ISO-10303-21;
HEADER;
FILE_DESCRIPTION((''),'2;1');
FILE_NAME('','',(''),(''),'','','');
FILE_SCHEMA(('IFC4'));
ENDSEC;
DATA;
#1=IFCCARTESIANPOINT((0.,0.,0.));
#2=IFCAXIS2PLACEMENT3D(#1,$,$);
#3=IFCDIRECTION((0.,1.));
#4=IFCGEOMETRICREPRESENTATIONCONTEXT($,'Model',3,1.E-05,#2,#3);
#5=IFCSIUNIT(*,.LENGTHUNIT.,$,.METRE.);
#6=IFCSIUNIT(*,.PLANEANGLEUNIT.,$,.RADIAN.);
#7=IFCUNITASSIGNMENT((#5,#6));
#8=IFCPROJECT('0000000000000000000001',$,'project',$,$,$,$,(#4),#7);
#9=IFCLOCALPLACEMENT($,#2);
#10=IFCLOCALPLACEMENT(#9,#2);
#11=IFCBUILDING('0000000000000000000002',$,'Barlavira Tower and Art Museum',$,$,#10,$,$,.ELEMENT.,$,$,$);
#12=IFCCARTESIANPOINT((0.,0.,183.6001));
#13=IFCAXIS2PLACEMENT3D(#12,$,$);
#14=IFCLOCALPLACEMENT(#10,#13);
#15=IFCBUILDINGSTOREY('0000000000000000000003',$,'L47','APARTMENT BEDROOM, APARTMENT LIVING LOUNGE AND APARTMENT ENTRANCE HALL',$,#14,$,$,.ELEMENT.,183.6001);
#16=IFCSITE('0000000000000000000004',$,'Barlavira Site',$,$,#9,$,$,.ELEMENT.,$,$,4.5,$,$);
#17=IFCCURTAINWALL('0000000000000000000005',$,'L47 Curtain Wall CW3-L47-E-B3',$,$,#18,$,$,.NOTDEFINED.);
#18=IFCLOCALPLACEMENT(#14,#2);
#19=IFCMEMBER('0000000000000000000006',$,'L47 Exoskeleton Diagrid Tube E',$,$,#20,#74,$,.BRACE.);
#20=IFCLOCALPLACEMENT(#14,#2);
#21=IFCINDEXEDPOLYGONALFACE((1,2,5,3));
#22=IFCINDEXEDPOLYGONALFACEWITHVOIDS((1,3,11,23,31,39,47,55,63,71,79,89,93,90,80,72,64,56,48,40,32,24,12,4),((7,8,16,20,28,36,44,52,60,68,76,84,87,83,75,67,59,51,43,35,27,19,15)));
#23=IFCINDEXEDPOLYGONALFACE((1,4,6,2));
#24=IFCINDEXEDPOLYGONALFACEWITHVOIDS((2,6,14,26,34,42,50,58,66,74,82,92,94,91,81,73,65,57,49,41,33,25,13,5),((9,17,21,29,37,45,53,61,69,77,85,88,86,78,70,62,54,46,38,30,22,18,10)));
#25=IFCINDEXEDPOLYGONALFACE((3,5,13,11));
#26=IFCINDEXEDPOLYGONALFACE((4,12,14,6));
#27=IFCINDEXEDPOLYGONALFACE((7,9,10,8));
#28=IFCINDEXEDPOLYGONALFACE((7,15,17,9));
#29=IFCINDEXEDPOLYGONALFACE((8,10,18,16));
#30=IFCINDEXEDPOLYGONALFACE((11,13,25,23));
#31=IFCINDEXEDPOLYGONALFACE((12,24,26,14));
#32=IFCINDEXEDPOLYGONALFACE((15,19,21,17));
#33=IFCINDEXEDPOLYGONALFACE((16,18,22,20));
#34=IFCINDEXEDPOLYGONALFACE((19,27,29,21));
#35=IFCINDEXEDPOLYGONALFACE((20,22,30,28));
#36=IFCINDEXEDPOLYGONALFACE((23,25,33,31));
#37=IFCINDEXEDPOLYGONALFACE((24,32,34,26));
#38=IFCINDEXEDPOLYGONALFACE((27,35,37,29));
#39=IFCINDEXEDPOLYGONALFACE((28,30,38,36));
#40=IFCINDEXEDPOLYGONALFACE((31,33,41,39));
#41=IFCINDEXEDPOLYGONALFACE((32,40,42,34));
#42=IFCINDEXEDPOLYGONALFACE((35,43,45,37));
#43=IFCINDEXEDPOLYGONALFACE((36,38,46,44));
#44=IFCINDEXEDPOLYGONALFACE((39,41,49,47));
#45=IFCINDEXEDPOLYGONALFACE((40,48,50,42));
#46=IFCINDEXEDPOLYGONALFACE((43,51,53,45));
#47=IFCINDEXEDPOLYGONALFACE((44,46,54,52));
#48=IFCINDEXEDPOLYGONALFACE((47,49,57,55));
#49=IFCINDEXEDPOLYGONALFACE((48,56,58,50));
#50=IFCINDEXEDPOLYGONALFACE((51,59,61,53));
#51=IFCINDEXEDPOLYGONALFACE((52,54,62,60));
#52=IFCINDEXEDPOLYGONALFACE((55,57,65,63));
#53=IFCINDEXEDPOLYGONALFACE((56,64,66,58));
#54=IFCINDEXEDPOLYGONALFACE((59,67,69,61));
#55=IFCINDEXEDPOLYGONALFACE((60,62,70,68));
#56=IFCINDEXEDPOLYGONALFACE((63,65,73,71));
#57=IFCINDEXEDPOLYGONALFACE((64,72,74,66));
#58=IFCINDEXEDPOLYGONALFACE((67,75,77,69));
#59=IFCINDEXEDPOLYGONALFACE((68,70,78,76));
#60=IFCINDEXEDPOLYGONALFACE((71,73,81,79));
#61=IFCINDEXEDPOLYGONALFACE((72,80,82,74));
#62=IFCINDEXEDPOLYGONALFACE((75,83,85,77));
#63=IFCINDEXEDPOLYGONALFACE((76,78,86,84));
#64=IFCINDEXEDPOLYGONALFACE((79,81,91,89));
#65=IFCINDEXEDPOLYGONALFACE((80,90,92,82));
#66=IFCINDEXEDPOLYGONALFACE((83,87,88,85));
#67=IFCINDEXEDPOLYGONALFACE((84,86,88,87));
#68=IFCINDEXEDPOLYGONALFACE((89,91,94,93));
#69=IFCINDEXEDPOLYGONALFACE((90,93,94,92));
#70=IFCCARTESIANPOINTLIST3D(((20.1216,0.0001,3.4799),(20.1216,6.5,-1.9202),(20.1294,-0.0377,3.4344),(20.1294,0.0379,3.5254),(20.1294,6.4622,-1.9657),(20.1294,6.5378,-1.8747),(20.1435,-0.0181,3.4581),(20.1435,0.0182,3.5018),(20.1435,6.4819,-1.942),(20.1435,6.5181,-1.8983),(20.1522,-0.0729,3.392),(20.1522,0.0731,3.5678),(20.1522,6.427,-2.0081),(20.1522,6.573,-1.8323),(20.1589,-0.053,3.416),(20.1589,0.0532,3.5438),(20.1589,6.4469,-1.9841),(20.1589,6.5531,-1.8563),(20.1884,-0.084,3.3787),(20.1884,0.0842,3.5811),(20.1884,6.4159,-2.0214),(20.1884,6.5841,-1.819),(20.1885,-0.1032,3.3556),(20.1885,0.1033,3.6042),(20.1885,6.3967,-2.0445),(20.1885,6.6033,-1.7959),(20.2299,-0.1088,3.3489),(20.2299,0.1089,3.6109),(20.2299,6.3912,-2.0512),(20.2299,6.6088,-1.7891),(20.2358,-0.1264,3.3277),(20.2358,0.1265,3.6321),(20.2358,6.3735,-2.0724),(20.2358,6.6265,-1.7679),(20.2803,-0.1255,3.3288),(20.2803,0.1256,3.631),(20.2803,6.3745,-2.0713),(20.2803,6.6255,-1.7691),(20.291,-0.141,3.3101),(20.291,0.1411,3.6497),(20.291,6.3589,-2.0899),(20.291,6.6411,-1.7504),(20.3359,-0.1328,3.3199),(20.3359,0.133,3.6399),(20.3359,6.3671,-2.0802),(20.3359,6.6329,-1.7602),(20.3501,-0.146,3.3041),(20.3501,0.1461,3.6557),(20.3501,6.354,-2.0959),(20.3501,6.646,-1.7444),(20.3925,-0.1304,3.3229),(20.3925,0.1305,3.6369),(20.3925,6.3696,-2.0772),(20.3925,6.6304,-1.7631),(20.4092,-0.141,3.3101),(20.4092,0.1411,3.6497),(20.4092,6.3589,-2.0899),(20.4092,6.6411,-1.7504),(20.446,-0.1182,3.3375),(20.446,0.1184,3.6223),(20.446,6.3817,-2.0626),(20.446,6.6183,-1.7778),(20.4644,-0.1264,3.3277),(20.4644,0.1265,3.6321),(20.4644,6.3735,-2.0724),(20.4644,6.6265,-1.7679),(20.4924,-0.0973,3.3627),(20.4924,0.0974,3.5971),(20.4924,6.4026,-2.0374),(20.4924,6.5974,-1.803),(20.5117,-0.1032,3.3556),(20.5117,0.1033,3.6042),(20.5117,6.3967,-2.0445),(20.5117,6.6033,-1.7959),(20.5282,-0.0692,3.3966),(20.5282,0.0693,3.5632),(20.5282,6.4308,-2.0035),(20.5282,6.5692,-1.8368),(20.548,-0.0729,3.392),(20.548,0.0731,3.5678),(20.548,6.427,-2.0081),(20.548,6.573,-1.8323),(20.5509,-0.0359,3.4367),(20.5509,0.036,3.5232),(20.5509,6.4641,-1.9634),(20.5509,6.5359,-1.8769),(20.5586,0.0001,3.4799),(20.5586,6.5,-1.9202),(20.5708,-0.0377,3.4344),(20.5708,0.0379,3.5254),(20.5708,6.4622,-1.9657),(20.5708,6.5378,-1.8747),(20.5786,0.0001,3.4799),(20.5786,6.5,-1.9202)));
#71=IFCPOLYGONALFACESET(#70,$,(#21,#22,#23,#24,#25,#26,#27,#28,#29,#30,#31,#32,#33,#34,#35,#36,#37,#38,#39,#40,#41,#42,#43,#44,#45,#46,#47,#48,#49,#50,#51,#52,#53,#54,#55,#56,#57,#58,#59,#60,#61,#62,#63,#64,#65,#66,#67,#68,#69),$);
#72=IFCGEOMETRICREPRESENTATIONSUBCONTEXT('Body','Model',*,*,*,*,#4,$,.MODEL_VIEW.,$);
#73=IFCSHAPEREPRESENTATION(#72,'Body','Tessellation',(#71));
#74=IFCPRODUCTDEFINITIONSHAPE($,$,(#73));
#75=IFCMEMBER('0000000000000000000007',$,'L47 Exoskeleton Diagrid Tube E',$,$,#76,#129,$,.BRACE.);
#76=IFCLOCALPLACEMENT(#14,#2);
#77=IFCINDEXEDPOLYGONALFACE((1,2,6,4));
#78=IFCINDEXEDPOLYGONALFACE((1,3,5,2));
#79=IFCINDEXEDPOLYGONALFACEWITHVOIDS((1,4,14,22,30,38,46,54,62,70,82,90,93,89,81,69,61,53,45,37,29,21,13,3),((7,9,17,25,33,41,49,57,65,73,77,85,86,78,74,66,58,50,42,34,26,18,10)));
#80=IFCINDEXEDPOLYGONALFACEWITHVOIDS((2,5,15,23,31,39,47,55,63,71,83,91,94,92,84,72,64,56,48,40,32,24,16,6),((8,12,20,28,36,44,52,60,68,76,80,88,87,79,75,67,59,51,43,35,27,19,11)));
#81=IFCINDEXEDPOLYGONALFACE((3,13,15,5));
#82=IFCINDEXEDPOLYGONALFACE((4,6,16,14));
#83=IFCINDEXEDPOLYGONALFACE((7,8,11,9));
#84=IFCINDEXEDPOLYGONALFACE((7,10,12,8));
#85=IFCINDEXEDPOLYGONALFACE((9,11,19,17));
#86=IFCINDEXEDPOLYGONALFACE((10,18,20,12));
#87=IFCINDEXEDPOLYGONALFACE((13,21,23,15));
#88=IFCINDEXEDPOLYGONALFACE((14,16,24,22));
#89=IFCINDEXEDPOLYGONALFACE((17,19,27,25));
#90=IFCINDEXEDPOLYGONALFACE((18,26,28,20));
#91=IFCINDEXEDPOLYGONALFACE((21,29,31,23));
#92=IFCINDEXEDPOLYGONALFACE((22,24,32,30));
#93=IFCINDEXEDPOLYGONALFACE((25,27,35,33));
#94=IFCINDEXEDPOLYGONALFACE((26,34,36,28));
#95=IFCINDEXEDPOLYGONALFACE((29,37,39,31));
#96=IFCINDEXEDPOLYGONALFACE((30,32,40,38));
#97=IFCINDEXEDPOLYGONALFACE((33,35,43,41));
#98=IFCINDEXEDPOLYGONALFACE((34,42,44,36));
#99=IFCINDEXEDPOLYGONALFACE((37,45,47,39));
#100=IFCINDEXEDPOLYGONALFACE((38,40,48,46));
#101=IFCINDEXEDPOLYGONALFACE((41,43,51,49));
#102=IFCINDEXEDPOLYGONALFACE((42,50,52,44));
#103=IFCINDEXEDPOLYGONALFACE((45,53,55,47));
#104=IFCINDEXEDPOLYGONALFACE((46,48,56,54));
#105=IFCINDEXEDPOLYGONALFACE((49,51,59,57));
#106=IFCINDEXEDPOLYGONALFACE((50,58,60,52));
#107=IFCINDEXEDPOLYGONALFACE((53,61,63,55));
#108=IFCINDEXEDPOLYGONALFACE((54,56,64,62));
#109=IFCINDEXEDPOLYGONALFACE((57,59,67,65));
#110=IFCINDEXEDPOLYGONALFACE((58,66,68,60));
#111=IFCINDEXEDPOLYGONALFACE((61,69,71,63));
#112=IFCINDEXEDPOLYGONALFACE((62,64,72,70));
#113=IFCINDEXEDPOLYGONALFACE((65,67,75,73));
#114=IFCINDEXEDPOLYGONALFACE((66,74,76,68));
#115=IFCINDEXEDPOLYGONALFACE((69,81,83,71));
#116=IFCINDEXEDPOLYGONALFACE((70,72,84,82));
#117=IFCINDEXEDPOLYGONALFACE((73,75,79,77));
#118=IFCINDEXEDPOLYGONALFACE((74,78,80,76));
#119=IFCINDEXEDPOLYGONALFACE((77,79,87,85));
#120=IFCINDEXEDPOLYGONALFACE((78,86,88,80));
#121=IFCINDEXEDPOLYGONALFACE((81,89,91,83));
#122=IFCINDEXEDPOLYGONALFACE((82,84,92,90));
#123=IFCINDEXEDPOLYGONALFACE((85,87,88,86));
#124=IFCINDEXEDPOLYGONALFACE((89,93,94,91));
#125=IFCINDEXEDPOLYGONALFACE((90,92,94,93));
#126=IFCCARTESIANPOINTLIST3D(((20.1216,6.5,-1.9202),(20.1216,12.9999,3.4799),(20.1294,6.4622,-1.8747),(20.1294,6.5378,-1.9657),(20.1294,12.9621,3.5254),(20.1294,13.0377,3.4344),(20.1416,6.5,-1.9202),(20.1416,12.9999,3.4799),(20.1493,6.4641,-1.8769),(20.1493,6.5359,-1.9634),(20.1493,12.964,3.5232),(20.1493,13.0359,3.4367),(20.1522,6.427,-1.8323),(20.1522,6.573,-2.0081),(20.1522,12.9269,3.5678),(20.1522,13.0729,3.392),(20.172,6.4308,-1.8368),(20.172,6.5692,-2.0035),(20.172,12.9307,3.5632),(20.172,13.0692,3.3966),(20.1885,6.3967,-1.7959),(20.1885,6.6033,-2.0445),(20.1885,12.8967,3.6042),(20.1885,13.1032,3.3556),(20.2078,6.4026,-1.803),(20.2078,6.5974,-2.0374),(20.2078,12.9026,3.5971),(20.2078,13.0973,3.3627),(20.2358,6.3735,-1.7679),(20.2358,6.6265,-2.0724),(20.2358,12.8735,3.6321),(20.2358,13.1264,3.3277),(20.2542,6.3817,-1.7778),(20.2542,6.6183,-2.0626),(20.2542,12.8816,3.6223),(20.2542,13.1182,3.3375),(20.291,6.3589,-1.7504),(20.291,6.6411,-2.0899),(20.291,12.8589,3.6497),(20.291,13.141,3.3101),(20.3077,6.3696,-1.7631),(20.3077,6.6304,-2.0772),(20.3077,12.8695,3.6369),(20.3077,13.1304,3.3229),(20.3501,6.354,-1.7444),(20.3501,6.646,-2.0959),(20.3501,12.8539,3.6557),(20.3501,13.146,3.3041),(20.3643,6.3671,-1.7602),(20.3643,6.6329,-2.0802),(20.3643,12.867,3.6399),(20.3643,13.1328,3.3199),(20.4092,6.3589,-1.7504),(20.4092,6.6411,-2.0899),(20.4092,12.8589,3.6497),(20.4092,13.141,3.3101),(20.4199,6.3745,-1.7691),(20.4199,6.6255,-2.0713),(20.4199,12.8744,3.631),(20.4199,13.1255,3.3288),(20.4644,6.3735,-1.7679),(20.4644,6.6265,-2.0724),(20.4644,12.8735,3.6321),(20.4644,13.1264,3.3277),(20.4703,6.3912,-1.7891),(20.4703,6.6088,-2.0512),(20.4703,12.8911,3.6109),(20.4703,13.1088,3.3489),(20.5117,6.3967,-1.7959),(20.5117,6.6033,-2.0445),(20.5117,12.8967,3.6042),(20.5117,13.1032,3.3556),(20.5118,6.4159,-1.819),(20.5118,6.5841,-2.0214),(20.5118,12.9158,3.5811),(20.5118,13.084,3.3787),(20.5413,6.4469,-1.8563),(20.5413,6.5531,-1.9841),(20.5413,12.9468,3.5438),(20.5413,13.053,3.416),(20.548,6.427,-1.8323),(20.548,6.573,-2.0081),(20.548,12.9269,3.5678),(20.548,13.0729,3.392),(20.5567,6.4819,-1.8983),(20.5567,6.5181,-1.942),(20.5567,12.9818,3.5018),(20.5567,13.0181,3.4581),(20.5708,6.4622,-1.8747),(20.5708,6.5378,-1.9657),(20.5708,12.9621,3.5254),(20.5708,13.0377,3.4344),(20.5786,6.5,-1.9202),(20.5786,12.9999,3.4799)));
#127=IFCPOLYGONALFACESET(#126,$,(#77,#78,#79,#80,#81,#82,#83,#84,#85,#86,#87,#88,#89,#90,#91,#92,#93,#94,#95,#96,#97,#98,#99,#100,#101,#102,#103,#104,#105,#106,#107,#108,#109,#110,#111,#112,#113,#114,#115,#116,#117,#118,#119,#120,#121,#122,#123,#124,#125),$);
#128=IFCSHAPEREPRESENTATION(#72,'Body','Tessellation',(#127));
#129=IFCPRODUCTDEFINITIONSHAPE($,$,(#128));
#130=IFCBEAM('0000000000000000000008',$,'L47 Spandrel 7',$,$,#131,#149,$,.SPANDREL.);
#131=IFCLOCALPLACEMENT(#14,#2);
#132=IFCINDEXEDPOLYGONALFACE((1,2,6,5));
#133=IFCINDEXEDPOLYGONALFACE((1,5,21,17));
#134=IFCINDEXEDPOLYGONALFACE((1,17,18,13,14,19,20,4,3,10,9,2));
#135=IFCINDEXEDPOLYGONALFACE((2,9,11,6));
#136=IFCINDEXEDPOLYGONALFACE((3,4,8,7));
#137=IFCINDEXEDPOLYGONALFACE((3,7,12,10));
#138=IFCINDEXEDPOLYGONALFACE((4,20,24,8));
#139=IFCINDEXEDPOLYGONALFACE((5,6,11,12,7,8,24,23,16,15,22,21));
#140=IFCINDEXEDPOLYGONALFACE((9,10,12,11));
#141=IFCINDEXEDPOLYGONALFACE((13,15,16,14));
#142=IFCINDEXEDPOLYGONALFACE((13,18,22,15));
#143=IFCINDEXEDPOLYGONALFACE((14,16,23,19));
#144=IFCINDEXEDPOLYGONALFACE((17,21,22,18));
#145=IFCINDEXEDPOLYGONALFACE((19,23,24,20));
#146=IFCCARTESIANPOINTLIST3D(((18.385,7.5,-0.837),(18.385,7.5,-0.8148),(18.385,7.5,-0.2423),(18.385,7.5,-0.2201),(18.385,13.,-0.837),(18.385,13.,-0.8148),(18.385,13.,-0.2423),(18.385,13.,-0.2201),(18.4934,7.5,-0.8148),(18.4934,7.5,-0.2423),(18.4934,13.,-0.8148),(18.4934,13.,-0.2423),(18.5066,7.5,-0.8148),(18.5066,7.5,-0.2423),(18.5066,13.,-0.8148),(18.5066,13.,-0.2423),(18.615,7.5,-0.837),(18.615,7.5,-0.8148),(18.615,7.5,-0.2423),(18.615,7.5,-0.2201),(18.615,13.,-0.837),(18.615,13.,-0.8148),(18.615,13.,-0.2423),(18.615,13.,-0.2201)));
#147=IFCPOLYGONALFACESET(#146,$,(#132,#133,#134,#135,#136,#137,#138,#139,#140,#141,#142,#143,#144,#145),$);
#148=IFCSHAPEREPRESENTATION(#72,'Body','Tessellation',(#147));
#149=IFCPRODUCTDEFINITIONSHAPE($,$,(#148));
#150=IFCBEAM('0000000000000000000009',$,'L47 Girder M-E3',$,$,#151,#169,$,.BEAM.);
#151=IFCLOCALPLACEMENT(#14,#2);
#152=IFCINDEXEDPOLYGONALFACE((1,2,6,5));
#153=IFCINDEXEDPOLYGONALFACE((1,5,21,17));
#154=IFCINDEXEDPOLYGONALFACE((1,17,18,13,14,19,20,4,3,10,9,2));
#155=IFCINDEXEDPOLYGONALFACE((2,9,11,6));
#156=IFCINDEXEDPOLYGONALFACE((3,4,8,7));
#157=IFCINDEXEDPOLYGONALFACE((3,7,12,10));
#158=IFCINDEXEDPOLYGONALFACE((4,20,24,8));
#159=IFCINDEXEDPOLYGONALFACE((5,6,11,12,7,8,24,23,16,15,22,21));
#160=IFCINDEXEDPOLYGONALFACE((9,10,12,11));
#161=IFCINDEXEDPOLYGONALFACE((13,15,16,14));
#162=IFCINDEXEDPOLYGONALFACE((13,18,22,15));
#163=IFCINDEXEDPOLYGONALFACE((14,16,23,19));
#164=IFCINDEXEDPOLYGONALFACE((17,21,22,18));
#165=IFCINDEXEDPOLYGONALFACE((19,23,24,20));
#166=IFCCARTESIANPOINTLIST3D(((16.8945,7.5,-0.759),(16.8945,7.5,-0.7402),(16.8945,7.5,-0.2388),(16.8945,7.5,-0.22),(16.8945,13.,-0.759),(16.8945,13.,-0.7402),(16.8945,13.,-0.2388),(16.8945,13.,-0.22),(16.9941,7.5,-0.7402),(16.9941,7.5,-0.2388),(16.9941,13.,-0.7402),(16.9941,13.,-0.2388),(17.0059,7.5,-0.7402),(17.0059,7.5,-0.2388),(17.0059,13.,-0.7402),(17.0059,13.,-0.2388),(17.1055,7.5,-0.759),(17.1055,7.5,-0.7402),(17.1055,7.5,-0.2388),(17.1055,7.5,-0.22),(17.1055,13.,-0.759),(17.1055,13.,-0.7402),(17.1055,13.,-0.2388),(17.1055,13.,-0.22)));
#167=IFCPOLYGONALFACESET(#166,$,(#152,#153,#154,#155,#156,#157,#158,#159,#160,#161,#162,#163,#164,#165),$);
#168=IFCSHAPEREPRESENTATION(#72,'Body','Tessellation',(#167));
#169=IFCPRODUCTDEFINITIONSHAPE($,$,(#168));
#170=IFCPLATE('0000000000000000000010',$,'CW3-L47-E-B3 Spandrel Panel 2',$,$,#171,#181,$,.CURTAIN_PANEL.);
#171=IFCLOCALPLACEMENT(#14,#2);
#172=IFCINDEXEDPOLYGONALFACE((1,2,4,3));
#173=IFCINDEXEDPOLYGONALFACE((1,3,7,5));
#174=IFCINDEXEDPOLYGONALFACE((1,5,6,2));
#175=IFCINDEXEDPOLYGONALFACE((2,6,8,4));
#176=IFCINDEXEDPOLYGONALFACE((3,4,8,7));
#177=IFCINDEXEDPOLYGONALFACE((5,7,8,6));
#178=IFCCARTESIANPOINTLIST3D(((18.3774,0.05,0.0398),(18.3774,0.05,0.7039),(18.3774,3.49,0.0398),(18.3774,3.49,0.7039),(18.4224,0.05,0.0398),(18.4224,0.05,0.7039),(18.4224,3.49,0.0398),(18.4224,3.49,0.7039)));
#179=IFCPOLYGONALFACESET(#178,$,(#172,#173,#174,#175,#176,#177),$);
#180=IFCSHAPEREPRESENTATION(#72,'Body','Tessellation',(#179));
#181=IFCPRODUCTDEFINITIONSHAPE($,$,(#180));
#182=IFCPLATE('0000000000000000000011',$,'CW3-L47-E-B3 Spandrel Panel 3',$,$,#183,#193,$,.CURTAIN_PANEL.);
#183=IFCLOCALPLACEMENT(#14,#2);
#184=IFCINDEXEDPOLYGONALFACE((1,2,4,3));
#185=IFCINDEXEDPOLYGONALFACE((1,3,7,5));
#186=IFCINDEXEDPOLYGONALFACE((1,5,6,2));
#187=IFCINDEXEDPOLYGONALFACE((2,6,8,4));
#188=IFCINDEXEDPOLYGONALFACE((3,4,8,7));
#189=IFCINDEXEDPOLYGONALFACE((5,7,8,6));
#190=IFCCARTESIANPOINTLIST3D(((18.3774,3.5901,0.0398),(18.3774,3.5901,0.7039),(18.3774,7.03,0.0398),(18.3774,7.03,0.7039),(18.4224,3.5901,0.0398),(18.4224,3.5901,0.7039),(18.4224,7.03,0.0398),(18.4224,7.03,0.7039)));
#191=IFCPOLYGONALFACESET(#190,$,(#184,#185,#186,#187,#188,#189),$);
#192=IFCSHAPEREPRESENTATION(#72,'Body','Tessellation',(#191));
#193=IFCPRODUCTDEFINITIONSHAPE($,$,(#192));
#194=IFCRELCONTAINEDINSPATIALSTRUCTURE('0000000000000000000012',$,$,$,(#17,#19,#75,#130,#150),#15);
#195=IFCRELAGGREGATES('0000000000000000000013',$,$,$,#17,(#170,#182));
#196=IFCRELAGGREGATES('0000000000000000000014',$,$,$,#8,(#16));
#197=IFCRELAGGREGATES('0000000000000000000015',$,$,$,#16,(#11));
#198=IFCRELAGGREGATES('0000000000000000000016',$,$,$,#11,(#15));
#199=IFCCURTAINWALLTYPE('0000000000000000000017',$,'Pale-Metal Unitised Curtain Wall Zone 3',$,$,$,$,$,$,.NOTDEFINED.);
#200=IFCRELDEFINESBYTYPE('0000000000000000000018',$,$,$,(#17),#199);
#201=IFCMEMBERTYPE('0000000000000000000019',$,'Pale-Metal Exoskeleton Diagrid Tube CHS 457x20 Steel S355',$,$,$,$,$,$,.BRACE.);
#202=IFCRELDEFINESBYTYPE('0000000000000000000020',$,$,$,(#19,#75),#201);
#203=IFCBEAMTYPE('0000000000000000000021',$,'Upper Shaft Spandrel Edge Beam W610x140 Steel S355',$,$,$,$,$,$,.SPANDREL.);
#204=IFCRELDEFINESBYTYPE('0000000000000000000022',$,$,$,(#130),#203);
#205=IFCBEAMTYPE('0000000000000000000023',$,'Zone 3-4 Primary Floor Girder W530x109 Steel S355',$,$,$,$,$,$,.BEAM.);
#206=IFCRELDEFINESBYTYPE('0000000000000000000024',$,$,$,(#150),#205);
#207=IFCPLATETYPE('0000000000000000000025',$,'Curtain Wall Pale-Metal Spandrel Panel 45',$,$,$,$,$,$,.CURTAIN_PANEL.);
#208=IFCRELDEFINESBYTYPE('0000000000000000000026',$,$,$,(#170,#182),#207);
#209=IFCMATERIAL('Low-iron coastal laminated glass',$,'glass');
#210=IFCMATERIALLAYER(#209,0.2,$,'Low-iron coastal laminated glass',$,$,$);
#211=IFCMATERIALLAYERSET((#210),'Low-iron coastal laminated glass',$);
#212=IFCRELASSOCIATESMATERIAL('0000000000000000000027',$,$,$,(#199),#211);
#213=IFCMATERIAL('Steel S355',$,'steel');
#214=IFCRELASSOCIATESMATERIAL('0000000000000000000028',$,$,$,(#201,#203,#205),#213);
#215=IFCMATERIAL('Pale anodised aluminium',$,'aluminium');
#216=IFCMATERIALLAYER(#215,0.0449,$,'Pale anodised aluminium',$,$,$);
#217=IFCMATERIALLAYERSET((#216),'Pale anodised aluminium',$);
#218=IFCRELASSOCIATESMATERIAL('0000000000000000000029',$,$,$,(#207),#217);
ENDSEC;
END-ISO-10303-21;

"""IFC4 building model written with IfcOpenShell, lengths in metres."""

from ifc_helpers import new_model, si_unit, direction, frame, origin, origin_2d, place, context, subcontext, project, spatial, rectangle, hollow_circle, i_section, extrude, material, layer, layer_set, material_profile, profile_set, type_object, element, aggregate, save


model = new_model("IFC4")

# Units and contexts
model_context = context("Model", 3, precision=1e-05, world=origin(), true_north=direction((0.0, 1.0)))
body_context = subcontext(model_context, "Body", "Model", "MODEL_VIEW")
ifc_project = project(units=[si_unit("LENGTHUNIT", "METRE"), si_unit("PLANEANGLEUNIT", "RADIAN")], contexts=[model_context])

# Site, building, storey
site_placement = place(None, origin())
site = spatial("IfcSite", under=ifc_project, at=site_placement, Name="Barlavira Site", CompositionType="ELEMENT", RefElevation=4.5)
building_placement = place(site_placement, origin())
building = spatial("IfcBuilding", under=site, at=building_placement, Name="Barlavira Tower and Art Museum", CompositionType="ELEMENT")
storey_placement = place(building_placement, frame((0.0, 0.0, 183.6001)))
storey = spatial("IfcBuildingStorey", under=building, at=storey_placement, Name="L47", Description="APARTMENT BEDROOM, APARTMENT LIVING LOUNGE AND APARTMENT ENTRANCE HALL", CompositionType="ELEMENT", Elevation=183.6001)

# Curtain wall
ifc_material_1 = material(Name="Low-iron coastal laminated glass", Category="glass")
ifc_layer_1 = layer(ifc_material_1, 0.2, Name="Low-iron coastal laminated glass")
ifc_layer_set_1 = layer_set([ifc_layer_1], Name="Low-iron coastal laminated glass")
curtain_wall_type = type_object("IfcCurtainWallType", Name="Pale-Metal Unitised Curtain Wall Zone 3", PredefinedType="NOTDEFINED", material=ifc_layer_set_1)
curtain_wall_placement = place(storey_placement, origin())
curtain_wall = element("IfcCurtainWall", 1, at=curtain_wall_placement, inside=storey, type_object=curtain_wall_type, Name="L47 Curtain Wall CW3-L47-E-B3", PredefinedType="NOTDEFINED")
ifc_material_2 = material(Name="Pale anodised aluminium", Category="aluminium")

# Members
ifc_material_3 = material(Name="Steel S355", Category="steel")
ifc_material_profile_1 = material_profile(ifc_material_3, hollow_circle(Radius=0.2285, WallThickness=0.02, at=origin_2d()), Name="CHS 457.0x20.0")
ifc_profile_set_1 = profile_set([ifc_material_profile_1], Name="Steel S355")
member_type_1 = type_object("IfcMemberType", Name="Pale-Metal Exoskeleton Diagrid Tube CHS 457x20 Steel S355", PredefinedType="BRACE", material=ifc_profile_set_1)
for number, where, z_axis, x_axis, name in (
    (2, (20.3501, 6.5, -1.9202), (0.0, -0.769182, 0.63903), (1.0, 0.0, 0.0), "L47 Exoskeleton Diagrid Tube E"),
    (3, (20.3501, 6.5, -1.9202), (0.0, 0.769182, 0.63903), (-1.0, 0.0, 0.0), "L47 Exoskeleton Diagrid Tube E"),
):
    element("IfcMember", number, at=place(storey_placement, frame(where, z_axis=z_axis, x_axis=x_axis)), inside=storey, type_object=member_type_1, Name=name, PredefinedType="BRACE", context=body_context, shape_type="SweptSolid", body=[
        extrude(hollow_circle(Radius=0.2285, WallThickness=0.02, at=origin_2d()), origin(), (0.0, 0.0, 1.0), 8.4504),
    ])

# Beams
ifc_material_profile_2 = material_profile(ifc_material_3, i_section(OverallWidth=0.23, OverallDepth=0.6169, WebThickness=0.0132, FlangeThickness=0.0222, at=origin_2d()), Name="W610x140.0")
ifc_profile_set_2 = profile_set([ifc_material_profile_2], Name="Steel S355")
beam_type_1 = type_object("IfcBeamType", Name="Upper Shaft Spandrel Edge Beam W610x140 Steel S355", PredefinedType="SPANDREL", material=ifc_profile_set_2)
beam_1_placement = place(storey_placement, frame((18.5, 7.5, -0.5286), z_axis=(0.0, 1.0, 0.0), x_axis=(-1.0, 0.0, 0.0)))
element("IfcBeam", 4, at=beam_1_placement, inside=storey, type_object=beam_type_1, Name="L47 Spandrel 7", PredefinedType="SPANDREL", context=body_context, shape_type="SweptSolid", body=[
    extrude(i_section(OverallWidth=0.23, OverallDepth=0.6169, WebThickness=0.0132, FlangeThickness=0.0222, at=origin_2d()), origin(), (0.0, 0.0, 1.0), 5.5),
])
ifc_material_profile_3 = material_profile(ifc_material_3, i_section(OverallWidth=0.2109, OverallDepth=0.5391, WebThickness=0.0117, FlangeThickness=0.0188, at=origin_2d()), Name="W530x109.0")
ifc_profile_set_3 = profile_set([ifc_material_profile_3], Name="Steel S355")
beam_type_2 = type_object("IfcBeamType", Name="Zone 3-4 Primary Floor Girder W530x109 Steel S355", PredefinedType="BEAM", material=ifc_profile_set_3)
beam_2_placement = place(storey_placement, frame((17.0, 7.5, -0.4895), z_axis=(0.0, 1.0, 0.0), x_axis=(-1.0, 0.0, 0.0)))
element("IfcBeam", 5, at=beam_2_placement, inside=storey, type_object=beam_type_2, Name="L47 Girder M-E3", PredefinedType="BEAM", context=body_context, shape_type="SweptSolid", body=[
    extrude(i_section(OverallWidth=0.2109, OverallDepth=0.5391, WebThickness=0.0117, FlangeThickness=0.0188, at=origin_2d()), origin(), (0.0, 0.0, 1.0), 5.5),
])

# Plates
ifc_layer_2 = layer(ifc_material_2, 0.0449, Name="Pale anodised aluminium")
ifc_layer_set_2 = layer_set([ifc_layer_2], Name="Pale anodised aluminium")
plate_type_1 = type_object("IfcPlateType", Name="Curtain Wall Pale-Metal Spandrel Panel 45", PredefinedType="CURTAIN_PANEL", material=ifc_layer_set_2)
plate_1_placement = place(storey_placement, frame((18.3999, 1.77, 0.0398), z_axis=(0.0, 0.0, 1.0), x_axis=(0.0, 1.0, 0.0)))
plate_1 = element("IfcPlate", 6, at=plate_1_placement, type_object=plate_type_1, Name="CW3-L47-E-B3 Spandrel Panel 2", PredefinedType="CURTAIN_PANEL", context=body_context, shape_type="SweptSolid", body=[
    extrude(rectangle(XDim=3.4399, YDim=0.0449, at=origin_2d()), origin(), (0.0, 0.0, 1.0), 0.6641),
])
plate_2_placement = place(storey_placement, frame((18.3999, 5.3101, 0.0398), z_axis=(0.0, 0.0, 1.0), x_axis=(0.0, 1.0, 0.0)))
plate_2 = element("IfcPlate", 7, at=plate_2_placement, type_object=plate_type_1, Name="CW3-L47-E-B3 Spandrel Panel 3", PredefinedType="CURTAIN_PANEL", context=body_context, shape_type="SweptSolid", body=[
    extrude(rectangle(XDim=3.4399, YDim=0.0449, at=origin_2d()), origin(), (0.0, 0.0, 1.0), 0.6641),
])
aggregate(curtain_wall, [plate_1, plate_2])

save(model, "model.ifc")
